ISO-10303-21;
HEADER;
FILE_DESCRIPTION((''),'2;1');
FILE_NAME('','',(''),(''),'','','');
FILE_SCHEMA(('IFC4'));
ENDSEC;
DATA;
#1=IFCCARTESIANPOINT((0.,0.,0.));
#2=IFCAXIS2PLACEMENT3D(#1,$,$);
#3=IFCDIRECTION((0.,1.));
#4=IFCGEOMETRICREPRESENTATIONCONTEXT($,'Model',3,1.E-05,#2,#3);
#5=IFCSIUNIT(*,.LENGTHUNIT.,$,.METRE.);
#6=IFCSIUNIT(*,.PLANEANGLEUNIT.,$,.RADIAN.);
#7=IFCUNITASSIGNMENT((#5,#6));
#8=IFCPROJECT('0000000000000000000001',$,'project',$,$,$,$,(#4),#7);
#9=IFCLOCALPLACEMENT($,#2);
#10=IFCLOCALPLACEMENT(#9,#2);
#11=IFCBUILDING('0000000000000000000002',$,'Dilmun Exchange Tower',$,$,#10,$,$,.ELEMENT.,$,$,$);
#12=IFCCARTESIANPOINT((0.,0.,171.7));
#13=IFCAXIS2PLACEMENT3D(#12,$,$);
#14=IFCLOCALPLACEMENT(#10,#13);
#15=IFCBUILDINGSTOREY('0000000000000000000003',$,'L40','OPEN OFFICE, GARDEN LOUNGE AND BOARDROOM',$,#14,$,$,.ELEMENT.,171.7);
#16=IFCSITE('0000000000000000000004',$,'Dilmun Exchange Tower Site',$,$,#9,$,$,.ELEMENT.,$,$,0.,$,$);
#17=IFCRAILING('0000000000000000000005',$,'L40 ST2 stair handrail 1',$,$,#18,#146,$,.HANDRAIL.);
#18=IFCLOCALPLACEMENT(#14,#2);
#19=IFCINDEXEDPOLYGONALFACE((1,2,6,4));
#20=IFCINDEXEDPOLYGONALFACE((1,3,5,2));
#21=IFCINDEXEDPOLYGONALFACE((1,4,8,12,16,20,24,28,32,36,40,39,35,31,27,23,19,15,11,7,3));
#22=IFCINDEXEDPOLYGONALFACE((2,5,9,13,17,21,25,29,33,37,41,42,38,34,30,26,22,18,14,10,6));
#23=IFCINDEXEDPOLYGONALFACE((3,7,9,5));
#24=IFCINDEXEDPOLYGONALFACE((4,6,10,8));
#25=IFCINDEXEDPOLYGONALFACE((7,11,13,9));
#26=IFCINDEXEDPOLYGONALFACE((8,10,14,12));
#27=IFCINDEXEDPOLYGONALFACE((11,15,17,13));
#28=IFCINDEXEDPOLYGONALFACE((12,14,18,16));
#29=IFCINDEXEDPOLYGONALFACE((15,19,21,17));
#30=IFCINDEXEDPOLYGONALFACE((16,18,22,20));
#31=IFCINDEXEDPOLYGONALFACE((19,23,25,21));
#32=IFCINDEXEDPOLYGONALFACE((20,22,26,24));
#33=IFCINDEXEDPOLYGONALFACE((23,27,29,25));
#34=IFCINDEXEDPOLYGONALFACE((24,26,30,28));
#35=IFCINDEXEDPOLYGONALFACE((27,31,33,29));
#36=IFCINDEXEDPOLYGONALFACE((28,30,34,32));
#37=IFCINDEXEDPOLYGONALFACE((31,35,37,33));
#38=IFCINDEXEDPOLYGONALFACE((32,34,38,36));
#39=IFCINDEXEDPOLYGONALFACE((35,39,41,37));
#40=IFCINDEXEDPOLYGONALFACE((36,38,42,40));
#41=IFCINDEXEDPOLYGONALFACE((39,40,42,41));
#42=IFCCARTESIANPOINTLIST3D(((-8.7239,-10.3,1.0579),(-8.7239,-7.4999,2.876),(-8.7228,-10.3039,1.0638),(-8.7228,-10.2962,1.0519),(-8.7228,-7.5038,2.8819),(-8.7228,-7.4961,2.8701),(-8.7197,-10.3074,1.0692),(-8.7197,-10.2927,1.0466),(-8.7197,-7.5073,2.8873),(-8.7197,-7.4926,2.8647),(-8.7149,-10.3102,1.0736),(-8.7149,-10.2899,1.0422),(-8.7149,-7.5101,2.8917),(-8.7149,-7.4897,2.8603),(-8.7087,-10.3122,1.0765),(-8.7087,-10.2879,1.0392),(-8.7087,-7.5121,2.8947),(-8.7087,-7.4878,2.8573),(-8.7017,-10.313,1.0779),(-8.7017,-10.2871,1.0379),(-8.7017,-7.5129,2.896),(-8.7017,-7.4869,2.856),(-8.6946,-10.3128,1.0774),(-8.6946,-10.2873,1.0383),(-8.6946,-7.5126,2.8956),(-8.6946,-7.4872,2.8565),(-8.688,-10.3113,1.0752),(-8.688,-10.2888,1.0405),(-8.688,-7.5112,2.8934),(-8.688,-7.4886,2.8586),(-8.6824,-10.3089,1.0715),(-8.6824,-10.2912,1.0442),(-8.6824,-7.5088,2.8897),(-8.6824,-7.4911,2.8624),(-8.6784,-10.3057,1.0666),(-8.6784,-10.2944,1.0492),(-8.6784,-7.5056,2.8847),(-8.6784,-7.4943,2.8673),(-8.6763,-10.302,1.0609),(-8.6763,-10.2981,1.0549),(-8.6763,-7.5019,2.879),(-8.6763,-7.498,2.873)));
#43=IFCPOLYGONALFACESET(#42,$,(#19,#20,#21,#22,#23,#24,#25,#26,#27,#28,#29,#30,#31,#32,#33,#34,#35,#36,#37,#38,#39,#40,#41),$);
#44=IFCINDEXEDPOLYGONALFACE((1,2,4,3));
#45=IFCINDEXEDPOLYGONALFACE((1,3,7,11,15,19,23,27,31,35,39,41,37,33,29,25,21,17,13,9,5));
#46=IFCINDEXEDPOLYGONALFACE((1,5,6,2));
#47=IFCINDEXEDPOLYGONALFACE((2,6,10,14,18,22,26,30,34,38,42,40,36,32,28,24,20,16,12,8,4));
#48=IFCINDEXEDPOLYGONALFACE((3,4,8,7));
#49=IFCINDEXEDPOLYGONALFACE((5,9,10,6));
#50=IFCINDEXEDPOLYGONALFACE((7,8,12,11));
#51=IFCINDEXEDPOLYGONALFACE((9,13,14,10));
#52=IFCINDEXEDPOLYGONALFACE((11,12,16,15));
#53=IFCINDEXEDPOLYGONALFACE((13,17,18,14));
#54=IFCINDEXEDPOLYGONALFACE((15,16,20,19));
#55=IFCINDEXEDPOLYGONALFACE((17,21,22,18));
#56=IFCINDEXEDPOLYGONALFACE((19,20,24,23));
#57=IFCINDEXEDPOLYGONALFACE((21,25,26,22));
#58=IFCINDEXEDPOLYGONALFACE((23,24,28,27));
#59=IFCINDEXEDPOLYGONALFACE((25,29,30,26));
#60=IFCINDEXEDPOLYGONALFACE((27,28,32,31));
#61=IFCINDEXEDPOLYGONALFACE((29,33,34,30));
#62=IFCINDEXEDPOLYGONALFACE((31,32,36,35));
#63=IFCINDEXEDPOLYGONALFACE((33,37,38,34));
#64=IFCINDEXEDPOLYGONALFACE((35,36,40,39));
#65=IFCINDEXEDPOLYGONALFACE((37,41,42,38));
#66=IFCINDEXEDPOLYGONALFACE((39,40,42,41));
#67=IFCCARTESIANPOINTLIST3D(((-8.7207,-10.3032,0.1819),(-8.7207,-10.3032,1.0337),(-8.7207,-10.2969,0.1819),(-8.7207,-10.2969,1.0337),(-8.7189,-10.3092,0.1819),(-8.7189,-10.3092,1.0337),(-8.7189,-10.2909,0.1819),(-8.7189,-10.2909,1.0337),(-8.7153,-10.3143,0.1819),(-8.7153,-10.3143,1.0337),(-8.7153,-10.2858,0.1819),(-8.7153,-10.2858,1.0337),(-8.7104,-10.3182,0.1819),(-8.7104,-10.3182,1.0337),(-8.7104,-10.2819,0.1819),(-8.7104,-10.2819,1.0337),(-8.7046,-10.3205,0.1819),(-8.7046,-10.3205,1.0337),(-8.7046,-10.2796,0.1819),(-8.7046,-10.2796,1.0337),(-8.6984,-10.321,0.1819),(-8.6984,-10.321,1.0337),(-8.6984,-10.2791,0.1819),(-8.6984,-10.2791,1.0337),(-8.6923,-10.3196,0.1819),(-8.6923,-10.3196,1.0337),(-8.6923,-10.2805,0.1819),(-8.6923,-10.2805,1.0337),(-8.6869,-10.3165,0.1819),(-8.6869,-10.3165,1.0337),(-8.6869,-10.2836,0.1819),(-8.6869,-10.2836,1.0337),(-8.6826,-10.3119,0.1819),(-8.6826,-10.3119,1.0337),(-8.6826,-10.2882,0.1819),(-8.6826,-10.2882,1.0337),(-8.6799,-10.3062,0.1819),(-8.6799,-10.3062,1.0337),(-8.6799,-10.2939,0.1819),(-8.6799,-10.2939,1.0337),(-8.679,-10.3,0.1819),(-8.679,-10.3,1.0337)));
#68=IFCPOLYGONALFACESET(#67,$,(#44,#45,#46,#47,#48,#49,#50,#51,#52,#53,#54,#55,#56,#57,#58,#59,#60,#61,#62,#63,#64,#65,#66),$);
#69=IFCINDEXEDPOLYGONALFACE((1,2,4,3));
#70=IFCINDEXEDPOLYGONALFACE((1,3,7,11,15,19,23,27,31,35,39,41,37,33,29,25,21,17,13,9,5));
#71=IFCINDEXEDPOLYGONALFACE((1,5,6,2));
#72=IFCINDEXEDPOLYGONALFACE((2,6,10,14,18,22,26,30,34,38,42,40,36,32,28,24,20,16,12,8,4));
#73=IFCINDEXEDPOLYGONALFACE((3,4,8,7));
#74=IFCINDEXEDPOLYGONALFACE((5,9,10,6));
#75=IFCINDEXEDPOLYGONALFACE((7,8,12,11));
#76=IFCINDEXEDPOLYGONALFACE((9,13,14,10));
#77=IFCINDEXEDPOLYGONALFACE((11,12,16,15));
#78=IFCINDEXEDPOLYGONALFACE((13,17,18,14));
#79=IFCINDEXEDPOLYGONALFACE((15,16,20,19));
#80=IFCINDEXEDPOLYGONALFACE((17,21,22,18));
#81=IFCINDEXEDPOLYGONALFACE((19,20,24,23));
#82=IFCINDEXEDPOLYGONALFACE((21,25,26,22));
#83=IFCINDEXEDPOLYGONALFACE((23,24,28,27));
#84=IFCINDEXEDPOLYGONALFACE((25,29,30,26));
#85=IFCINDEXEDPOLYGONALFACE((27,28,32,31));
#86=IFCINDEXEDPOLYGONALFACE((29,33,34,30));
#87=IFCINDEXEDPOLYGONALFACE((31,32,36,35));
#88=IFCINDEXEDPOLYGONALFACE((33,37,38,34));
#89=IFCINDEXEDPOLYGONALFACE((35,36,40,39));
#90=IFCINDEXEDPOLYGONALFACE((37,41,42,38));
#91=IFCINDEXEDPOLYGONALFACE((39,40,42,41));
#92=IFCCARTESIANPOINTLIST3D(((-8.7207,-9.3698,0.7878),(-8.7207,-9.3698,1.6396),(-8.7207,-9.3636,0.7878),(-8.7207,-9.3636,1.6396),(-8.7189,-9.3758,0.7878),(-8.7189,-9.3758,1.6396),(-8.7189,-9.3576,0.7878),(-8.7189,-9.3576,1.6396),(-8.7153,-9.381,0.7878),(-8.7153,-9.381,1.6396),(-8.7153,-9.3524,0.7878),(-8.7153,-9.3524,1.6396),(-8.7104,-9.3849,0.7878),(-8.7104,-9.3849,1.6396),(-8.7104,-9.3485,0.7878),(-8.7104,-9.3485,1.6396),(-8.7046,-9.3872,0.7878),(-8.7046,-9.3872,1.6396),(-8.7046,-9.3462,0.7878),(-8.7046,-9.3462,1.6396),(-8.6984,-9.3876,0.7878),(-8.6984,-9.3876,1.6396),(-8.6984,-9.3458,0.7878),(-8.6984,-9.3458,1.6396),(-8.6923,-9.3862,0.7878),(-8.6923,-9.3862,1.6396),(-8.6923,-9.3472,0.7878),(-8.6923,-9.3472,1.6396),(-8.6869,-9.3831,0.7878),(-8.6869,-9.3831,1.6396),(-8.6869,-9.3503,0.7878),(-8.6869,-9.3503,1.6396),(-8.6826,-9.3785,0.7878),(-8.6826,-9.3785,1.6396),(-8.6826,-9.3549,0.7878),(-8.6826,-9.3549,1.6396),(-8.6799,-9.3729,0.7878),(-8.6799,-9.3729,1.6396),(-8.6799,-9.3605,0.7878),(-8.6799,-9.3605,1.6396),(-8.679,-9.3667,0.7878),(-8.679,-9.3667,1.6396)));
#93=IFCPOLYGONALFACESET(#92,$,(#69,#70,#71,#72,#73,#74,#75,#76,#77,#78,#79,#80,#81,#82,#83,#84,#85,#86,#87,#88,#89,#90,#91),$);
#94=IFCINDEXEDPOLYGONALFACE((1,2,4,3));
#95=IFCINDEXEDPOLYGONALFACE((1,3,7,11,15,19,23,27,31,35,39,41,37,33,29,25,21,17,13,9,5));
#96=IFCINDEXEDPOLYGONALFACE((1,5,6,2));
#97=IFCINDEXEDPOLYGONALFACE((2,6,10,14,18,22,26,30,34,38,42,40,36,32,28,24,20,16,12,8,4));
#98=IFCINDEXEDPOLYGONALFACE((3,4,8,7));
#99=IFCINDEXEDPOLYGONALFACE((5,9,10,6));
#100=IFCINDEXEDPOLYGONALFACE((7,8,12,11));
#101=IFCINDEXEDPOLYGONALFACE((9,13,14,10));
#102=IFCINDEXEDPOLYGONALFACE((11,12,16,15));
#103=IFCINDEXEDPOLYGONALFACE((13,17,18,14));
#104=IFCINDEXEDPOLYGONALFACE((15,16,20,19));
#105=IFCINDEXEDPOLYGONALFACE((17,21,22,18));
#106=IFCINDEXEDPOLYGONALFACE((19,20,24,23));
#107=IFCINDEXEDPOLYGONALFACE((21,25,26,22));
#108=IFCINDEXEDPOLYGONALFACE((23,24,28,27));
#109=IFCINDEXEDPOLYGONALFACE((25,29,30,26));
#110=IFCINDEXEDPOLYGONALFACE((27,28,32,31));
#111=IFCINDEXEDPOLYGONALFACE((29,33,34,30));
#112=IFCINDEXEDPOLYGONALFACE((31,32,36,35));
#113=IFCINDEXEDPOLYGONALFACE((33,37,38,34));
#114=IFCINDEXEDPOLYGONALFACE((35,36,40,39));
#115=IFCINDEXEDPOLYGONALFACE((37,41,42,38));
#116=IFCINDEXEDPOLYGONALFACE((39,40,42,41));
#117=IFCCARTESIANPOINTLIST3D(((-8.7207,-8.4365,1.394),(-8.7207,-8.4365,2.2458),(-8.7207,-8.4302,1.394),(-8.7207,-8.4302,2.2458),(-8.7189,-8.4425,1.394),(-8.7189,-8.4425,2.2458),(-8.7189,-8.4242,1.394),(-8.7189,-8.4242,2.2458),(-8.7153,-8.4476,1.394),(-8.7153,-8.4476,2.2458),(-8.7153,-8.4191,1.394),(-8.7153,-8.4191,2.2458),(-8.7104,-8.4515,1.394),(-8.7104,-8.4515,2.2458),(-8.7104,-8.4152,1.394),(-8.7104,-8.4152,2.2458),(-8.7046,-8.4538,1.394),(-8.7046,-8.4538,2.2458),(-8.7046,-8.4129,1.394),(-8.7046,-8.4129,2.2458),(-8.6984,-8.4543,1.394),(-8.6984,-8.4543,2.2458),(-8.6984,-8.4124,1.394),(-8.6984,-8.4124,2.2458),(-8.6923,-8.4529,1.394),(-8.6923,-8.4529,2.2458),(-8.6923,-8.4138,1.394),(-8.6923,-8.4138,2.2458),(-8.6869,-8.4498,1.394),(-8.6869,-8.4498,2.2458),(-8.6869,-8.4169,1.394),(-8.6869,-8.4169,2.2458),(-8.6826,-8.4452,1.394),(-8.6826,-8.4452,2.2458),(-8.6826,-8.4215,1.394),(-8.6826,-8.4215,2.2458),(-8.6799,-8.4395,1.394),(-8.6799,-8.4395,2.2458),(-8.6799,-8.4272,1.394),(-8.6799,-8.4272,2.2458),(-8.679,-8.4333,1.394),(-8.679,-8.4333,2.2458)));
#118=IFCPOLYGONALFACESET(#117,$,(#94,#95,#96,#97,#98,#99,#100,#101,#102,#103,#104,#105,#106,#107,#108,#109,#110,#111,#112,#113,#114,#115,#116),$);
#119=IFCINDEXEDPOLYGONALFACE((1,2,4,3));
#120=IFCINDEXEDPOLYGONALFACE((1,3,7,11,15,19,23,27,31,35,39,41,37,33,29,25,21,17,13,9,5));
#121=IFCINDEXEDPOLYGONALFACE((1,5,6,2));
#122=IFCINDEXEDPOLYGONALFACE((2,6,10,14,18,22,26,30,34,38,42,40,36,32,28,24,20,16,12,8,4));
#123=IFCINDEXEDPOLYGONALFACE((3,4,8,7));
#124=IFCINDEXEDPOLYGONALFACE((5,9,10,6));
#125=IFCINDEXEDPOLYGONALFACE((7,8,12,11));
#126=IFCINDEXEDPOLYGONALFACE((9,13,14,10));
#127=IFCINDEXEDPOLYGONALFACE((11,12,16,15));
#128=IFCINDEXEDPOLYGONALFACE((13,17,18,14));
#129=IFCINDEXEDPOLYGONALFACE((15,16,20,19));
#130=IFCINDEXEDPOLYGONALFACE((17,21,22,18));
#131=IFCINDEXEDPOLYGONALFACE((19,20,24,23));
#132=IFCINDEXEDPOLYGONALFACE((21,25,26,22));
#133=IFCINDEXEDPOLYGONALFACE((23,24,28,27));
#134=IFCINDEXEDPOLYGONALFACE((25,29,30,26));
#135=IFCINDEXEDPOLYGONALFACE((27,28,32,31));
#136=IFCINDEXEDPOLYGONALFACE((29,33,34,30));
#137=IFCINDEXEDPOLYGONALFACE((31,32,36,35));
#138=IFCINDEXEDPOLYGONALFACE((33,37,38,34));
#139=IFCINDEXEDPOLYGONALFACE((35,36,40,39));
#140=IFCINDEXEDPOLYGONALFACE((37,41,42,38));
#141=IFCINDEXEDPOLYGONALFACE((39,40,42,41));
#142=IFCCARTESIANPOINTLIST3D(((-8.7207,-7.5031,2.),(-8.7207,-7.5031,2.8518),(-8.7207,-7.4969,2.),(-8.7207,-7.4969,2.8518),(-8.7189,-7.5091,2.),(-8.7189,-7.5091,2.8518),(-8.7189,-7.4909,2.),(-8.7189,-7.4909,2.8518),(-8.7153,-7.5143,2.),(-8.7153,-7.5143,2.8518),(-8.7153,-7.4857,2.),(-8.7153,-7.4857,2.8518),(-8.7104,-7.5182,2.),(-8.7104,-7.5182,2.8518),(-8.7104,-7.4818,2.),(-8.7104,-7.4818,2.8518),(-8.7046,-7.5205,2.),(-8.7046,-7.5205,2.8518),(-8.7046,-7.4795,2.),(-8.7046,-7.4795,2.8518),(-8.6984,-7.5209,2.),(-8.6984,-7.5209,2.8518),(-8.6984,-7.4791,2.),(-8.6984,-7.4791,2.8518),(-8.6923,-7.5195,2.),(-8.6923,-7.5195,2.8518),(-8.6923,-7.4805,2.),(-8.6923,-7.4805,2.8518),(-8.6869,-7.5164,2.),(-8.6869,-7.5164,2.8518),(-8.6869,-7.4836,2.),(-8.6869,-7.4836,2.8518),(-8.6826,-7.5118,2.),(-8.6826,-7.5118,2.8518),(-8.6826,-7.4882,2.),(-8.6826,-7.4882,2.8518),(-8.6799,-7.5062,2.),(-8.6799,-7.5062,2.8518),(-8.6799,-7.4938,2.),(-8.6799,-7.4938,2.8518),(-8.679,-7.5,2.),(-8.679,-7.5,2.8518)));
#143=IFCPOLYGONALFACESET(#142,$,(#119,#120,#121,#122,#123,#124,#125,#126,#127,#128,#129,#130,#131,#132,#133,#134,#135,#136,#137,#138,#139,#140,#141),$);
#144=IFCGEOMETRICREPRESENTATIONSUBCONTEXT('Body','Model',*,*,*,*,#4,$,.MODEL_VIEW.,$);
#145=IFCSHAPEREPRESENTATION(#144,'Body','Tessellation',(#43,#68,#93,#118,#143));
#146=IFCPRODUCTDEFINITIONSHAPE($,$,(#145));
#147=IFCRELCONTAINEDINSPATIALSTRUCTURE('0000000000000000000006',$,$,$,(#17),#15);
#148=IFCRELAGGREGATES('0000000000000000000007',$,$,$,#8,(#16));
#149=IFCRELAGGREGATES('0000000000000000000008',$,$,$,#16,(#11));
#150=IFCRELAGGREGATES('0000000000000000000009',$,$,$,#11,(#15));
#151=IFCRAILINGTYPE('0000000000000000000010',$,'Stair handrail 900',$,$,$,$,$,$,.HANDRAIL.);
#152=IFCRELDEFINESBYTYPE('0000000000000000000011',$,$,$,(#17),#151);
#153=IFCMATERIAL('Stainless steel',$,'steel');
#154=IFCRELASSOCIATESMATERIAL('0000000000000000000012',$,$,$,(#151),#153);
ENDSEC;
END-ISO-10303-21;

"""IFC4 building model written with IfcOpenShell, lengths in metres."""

from ifc_helpers import new_model, si_unit, direction, frame, origin, origin_2d, place, context, subcontext, project, spatial, circle, extrude, material, type_object, element, save


model = new_model("IFC4")

# Units and contexts
model_context = context("Model", 3, precision=1e-05, world=origin(), true_north=direction((0.0, 1.0)))
body_context = subcontext(model_context, "Body", "Model", "MODEL_VIEW")
ifc_project = project(units=[si_unit("LENGTHUNIT", "METRE"), si_unit("PLANEANGLEUNIT", "RADIAN")], contexts=[model_context])

# Site, building, storey
site_placement = place(None, origin())
site = spatial("IfcSite", under=ifc_project, at=site_placement, Name="Dilmun Exchange Tower Site", CompositionType="ELEMENT", RefElevation=0.0)
building_placement = place(site_placement, origin())
building = spatial("IfcBuilding", under=site, at=building_placement, Name="Dilmun Exchange Tower", CompositionType="ELEMENT")
storey_placement = place(building_placement, frame((0.0, 0.0, 171.7)))
storey = spatial("IfcBuildingStorey", under=building, at=storey_placement, Name="L40", Description="OPEN OFFICE, GARDEN LOUNGE AND BOARDROOM", CompositionType="ELEMENT", Elevation=171.7)

# Railing
ifc_material_1 = material(Name="Stainless steel", Category="steel")
railing_type = type_object("IfcRailingType", Name="Stair handrail 900", PredefinedType="HANDRAIL", material=ifc_material_1)
railing_placement = place(storey_placement, frame((-8.7, -10.3, 0.1819)))
element("IfcRailing", 1, at=railing_placement, inside=storey, type_object=railing_type, Name="L40 ST2 stair handrail 1", PredefinedType="HANDRAIL", context=body_context, shape_type="SweptSolid", body=[
    extrude(circle(Radius=0.0239, at=origin_2d()), frame((0.0, 0.0, 0.876), z_axis=(0.0, 0.838706, 0.544585), x_axis=(-1.0, 0.0, 0.0)), (0.0, 0.0, 1.0), 3.3386),
    extrude(circle(Radius=0.021, at=origin_2d()), origin(), (0.0, 0.0, 1.0), 0.8518),
    extrude(circle(Radius=0.021, at=origin_2d()), frame((0.0, 0.9333, 0.606)), (0.0, 0.0, 1.0), 0.8518),
    extrude(circle(Radius=0.021, at=origin_2d()), frame((0.0, 1.8667, 1.2122)), (0.0, 0.0, 1.0), 0.8518),
    extrude(circle(Radius=0.021, at=origin_2d()), frame((0.0, 2.8, 1.8181)), (0.0, 0.0, 1.0), 0.8518),
])

save(model, "model.ifc")
